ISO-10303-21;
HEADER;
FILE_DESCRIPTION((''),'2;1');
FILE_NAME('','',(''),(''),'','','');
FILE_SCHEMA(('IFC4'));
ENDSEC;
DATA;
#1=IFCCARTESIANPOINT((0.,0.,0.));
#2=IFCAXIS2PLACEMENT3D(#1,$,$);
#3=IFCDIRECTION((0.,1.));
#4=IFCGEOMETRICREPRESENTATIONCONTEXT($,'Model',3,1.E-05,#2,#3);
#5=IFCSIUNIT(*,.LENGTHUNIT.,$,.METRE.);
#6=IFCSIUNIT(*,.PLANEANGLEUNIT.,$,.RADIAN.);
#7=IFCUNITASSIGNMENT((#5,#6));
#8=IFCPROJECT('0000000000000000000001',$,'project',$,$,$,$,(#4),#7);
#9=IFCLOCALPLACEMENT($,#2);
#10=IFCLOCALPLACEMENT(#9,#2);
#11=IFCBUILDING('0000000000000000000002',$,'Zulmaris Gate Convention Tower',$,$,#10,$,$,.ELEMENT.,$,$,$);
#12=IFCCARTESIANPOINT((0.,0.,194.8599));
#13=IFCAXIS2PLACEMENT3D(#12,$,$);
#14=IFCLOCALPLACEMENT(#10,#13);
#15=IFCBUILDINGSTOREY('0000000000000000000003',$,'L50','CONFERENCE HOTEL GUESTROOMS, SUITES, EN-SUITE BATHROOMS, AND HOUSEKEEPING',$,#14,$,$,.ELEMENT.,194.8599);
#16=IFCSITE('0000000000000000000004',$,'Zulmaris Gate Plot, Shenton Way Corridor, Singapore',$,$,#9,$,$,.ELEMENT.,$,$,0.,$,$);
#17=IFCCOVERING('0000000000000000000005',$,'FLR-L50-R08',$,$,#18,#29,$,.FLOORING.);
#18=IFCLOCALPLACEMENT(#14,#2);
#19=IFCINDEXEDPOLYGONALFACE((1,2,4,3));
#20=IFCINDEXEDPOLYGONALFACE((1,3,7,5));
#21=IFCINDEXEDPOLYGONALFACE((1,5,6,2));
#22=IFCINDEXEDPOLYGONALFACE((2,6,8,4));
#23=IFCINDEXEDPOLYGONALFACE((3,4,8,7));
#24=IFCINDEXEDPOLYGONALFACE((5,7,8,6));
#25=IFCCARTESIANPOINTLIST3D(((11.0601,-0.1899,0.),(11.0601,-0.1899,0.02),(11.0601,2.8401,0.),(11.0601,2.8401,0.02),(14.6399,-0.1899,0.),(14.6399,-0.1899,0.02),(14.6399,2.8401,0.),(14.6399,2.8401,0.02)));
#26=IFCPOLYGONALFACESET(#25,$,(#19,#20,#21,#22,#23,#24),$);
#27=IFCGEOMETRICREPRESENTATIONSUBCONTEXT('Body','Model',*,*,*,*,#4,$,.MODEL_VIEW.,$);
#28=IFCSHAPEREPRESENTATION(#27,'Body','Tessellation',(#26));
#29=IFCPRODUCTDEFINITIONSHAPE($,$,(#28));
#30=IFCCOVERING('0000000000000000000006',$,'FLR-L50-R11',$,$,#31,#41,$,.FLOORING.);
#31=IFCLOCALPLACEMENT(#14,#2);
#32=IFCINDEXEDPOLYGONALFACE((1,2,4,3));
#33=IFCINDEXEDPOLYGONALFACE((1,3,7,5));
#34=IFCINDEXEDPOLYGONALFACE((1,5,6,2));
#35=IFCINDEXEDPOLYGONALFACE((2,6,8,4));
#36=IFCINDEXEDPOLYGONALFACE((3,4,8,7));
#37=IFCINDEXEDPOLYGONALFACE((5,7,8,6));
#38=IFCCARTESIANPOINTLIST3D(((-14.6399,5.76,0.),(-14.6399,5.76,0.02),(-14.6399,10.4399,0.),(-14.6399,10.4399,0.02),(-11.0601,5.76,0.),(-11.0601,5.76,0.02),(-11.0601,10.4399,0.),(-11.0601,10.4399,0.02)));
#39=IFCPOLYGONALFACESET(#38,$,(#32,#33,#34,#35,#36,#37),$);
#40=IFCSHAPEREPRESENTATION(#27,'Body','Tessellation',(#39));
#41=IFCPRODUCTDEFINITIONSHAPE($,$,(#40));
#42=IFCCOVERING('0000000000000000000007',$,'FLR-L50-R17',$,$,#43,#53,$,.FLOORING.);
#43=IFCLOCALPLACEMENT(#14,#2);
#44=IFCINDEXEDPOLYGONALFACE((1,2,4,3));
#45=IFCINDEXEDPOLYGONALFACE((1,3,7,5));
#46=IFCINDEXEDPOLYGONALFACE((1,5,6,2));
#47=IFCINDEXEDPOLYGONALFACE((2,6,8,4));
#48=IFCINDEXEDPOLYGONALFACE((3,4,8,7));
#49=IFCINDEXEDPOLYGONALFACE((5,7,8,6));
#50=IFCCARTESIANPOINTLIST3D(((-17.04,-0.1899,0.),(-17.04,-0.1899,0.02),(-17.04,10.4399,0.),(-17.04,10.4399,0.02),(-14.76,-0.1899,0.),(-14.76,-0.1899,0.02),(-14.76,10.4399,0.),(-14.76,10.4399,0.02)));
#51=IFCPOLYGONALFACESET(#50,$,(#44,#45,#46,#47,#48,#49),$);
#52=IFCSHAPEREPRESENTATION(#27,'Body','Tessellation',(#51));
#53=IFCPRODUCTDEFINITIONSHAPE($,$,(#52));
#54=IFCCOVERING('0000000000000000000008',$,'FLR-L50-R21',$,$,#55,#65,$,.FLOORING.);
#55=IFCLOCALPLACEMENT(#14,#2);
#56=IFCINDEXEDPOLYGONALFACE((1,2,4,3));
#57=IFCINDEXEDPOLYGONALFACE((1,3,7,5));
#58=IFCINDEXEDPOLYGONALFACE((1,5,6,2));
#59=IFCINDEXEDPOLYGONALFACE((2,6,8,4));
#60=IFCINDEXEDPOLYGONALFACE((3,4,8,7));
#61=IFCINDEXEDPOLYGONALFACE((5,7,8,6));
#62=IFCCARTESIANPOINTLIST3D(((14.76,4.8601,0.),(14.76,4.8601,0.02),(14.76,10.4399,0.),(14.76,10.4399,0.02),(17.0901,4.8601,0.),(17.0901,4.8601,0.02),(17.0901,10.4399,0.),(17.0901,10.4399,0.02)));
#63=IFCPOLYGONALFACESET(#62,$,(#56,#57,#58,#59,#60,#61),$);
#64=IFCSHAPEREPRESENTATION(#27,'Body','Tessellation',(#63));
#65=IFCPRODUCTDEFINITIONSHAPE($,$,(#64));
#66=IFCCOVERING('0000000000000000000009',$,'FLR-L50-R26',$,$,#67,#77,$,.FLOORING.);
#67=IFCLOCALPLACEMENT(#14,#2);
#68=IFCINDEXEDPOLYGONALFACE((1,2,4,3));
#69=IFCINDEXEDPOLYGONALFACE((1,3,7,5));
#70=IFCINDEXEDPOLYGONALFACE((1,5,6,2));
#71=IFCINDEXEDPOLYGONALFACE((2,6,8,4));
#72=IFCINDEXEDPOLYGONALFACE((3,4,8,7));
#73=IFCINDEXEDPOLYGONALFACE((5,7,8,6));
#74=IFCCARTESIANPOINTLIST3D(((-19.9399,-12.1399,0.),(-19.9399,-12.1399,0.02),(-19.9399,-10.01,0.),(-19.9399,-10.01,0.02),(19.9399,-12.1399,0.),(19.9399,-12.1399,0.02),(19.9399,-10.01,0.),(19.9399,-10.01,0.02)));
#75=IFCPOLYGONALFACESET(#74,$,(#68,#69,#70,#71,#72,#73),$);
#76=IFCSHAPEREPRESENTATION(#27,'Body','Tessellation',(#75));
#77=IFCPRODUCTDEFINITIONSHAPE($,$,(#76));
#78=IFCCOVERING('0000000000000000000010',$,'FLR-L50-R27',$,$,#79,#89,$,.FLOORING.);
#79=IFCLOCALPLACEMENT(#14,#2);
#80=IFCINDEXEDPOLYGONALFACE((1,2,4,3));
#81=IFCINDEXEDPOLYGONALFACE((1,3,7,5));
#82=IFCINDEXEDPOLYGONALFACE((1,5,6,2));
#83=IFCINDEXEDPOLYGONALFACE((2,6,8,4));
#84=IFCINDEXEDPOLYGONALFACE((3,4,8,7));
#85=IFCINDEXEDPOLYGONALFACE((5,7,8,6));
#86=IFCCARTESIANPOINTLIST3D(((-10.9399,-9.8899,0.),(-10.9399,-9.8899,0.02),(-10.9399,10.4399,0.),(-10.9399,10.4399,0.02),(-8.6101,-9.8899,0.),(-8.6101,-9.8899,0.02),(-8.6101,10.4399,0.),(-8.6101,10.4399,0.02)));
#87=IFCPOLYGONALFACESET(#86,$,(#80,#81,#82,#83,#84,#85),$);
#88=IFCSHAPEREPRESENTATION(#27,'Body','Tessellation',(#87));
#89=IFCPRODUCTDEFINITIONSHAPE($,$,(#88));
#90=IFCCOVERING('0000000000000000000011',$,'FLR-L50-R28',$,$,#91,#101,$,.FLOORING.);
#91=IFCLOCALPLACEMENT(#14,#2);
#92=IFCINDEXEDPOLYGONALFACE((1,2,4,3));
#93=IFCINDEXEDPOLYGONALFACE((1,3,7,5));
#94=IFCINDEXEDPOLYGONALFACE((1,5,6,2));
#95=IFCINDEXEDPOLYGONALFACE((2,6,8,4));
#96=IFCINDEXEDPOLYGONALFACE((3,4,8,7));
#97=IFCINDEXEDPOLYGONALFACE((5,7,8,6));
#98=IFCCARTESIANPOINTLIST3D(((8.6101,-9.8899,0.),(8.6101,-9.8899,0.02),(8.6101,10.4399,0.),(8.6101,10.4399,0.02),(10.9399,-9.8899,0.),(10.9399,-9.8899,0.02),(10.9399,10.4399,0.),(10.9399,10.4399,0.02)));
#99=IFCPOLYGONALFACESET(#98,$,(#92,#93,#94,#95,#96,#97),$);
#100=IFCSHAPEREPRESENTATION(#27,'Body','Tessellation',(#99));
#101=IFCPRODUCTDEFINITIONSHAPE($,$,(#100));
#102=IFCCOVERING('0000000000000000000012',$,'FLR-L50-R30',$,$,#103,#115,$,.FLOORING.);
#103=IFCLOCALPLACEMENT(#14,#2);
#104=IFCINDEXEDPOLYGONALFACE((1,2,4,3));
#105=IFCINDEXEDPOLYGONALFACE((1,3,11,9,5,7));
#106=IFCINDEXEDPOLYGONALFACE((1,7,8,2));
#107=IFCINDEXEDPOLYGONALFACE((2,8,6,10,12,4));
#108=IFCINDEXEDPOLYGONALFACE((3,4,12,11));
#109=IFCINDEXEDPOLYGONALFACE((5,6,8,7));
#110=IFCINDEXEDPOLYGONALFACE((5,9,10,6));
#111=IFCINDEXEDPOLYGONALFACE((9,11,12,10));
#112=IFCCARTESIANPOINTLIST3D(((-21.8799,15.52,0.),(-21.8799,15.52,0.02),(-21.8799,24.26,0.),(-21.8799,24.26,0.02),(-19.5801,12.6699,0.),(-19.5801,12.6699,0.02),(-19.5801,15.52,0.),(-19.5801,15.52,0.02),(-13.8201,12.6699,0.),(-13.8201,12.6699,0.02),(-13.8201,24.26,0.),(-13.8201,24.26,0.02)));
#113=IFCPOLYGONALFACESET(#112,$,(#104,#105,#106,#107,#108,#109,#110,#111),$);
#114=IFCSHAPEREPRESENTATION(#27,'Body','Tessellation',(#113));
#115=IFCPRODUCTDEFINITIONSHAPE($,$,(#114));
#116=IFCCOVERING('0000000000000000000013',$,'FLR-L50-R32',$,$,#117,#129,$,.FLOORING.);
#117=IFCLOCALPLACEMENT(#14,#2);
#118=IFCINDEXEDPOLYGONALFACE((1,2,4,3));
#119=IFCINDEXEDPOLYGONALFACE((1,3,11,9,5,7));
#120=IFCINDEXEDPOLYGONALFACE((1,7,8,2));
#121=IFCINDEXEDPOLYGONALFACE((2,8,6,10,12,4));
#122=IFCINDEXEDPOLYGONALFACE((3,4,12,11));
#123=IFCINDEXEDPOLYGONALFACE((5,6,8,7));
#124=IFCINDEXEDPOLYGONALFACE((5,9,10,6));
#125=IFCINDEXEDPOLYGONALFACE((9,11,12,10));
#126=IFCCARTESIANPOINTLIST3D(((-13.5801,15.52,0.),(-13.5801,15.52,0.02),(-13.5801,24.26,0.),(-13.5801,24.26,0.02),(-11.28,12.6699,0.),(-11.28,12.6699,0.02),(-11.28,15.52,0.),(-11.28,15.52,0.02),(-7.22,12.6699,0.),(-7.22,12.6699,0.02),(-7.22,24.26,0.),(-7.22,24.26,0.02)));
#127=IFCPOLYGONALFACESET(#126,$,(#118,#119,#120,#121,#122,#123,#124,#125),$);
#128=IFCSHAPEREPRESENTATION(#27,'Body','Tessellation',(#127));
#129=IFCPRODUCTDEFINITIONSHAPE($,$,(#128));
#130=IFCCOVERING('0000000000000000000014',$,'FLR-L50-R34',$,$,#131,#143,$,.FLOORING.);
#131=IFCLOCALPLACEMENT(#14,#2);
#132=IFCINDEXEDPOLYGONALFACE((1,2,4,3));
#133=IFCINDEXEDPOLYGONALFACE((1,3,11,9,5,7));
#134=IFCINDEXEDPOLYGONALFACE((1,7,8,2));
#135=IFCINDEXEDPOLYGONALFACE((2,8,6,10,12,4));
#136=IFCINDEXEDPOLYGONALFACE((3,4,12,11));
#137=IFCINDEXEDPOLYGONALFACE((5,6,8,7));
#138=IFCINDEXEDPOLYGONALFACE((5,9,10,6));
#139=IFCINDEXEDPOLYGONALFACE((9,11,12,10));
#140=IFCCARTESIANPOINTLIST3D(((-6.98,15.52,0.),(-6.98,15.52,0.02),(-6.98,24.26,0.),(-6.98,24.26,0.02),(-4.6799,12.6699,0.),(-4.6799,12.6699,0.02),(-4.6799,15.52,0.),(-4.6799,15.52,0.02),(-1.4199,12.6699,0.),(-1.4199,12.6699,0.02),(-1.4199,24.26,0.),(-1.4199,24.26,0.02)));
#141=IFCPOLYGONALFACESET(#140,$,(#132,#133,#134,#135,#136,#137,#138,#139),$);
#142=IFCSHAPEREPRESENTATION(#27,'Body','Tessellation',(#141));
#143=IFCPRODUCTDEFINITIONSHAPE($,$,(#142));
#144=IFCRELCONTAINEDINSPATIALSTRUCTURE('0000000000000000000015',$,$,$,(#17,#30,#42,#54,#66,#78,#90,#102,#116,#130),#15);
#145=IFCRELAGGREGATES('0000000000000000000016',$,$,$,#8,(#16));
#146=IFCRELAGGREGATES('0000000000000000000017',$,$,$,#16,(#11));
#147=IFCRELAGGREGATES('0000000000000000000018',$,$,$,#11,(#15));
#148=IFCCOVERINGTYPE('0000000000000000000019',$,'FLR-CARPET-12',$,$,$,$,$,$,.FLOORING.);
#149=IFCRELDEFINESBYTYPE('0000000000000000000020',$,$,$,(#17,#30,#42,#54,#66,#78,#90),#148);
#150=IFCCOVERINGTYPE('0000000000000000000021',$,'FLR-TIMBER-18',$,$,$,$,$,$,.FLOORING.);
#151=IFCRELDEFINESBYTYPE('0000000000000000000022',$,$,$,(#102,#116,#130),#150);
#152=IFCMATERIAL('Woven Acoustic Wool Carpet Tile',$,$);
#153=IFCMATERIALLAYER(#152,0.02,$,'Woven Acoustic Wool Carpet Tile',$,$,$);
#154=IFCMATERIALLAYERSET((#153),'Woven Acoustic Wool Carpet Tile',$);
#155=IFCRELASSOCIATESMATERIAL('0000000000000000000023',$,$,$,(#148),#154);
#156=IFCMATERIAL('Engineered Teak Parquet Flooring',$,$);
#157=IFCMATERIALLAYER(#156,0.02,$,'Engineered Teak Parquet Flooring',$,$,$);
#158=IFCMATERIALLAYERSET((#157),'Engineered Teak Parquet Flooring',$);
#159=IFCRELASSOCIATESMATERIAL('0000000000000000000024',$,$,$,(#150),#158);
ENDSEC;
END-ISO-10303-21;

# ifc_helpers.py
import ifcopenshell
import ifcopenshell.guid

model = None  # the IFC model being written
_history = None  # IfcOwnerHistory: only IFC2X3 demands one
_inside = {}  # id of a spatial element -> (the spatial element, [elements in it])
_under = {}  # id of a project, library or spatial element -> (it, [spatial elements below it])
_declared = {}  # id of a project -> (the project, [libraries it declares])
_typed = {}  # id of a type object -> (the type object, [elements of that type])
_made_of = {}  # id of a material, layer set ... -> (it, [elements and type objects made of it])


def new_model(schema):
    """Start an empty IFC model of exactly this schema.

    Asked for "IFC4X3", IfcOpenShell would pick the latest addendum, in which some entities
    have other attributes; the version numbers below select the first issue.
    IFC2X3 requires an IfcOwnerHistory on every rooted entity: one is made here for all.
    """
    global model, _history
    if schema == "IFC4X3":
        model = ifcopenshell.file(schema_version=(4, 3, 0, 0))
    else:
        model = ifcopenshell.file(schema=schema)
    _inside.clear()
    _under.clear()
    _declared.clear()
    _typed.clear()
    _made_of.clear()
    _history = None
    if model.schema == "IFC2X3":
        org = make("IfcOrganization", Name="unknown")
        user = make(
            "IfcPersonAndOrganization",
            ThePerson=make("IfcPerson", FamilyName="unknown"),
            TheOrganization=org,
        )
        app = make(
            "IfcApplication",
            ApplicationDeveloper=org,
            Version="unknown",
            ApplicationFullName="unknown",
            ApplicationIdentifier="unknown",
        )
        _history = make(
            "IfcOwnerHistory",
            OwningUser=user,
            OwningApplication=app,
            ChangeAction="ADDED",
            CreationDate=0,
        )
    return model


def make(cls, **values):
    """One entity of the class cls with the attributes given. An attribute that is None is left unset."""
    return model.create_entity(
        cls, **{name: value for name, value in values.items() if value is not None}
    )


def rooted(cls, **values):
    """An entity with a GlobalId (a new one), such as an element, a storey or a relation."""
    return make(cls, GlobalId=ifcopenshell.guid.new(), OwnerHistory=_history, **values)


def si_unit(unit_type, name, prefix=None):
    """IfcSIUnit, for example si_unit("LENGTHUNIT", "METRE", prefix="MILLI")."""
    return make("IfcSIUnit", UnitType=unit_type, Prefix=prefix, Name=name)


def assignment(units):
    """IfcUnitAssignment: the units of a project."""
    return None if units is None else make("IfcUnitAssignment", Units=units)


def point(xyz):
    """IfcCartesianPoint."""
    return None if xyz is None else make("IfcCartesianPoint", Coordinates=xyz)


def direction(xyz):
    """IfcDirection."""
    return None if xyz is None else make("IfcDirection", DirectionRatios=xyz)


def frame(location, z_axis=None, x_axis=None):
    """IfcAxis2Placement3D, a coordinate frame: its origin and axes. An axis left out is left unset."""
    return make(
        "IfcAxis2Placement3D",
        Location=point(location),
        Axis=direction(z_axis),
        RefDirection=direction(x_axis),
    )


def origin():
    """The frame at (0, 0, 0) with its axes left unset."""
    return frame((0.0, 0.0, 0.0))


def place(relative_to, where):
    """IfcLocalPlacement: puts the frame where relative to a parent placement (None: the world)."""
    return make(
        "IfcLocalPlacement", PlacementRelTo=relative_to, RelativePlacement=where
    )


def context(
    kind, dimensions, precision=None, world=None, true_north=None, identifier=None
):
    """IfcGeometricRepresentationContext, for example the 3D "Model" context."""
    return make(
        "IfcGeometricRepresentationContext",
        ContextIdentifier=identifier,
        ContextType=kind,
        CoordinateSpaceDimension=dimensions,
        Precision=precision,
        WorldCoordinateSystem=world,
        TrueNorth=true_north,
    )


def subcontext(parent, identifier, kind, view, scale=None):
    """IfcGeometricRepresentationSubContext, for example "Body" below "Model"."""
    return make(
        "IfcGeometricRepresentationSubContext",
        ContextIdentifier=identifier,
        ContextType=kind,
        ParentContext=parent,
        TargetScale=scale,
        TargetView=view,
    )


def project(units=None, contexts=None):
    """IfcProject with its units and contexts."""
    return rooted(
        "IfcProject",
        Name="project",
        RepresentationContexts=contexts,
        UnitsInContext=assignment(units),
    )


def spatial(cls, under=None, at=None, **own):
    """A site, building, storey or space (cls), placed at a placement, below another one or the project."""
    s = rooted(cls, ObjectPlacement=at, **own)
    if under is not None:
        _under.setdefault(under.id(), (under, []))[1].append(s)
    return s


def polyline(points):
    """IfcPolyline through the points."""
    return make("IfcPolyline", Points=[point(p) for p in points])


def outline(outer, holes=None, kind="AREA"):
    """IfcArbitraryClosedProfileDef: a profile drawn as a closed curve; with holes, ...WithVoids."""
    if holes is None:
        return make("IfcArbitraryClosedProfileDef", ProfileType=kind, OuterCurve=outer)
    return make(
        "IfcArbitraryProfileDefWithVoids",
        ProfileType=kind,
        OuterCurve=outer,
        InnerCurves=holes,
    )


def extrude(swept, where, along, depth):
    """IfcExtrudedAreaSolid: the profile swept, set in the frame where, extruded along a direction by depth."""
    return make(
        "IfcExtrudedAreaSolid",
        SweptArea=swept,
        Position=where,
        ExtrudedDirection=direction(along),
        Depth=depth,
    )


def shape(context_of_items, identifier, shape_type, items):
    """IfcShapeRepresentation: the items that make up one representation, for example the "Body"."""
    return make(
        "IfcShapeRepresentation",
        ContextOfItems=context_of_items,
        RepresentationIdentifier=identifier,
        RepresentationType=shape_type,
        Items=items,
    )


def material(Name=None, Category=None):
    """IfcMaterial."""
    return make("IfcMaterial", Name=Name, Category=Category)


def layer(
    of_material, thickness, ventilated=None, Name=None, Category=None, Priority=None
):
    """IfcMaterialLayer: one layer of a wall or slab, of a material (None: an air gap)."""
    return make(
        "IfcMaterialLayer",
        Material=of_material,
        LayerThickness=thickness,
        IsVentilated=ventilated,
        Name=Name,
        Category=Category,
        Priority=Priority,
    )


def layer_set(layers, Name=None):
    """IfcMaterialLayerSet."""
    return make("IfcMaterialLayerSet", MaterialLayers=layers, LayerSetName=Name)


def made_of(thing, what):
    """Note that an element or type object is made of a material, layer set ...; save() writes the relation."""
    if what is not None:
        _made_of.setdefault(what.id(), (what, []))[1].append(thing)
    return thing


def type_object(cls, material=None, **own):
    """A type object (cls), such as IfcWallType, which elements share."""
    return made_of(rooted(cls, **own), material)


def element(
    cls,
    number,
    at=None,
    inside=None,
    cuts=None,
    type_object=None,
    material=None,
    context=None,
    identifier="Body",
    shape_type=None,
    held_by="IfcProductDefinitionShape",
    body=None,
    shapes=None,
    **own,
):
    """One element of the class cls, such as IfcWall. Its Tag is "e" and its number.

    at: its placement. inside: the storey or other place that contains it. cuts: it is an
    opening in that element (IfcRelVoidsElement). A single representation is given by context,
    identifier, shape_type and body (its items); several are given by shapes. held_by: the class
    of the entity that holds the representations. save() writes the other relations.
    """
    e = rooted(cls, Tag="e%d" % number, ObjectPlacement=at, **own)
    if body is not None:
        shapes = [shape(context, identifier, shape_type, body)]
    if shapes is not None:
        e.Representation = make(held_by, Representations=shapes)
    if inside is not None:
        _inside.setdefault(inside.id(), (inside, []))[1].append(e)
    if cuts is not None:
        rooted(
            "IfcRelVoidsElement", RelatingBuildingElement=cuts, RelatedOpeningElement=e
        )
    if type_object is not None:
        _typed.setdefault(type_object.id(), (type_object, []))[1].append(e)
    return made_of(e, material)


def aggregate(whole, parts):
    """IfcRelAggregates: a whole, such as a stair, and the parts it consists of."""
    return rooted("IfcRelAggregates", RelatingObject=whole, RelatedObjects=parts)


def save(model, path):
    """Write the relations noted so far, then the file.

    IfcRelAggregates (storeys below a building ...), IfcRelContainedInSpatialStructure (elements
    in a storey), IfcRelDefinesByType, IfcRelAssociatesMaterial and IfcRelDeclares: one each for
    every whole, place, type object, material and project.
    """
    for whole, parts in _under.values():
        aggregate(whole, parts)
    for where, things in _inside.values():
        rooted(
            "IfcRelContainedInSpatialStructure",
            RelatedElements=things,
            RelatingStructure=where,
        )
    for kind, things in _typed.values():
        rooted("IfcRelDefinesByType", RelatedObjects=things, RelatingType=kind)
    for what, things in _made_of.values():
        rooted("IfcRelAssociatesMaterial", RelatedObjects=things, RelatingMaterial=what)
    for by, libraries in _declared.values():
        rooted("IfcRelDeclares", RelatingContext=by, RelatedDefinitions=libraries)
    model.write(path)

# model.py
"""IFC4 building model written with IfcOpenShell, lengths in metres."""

from ifc_helpers import new_model, si_unit, direction, frame, origin, place, context, subcontext, project, spatial, polyline, outline, extrude, material, layer, layer_set, type_object, element, save


model = new_model("IFC4")

# Units and contexts
model_context = context("Model", 3, precision=1e-05, world=origin(), true_north=direction((0.0, 1.0)))
body_context = subcontext(model_context, "Body", "Model", "MODEL_VIEW")
ifc_project = project(units=[si_unit("LENGTHUNIT", "METRE"), si_unit("PLANEANGLEUNIT", "RADIAN")], contexts=[model_context])

# Site, building, storey
site_placement = place(None, origin())
site = spatial("IfcSite", under=ifc_project, at=site_placement, Name="Zulmaris Gate Plot, Shenton Way Corridor, Singapore", CompositionType="ELEMENT", RefElevation=0.0)
building_placement = place(site_placement, origin())
building = spatial("IfcBuilding", under=site, at=building_placement, Name="Zulmaris Gate Convention Tower", CompositionType="ELEMENT")
storey_placement = place(building_placement, frame((0.0, 0.0, 194.8599)))
storey = spatial("IfcBuildingStorey", under=building, at=storey_placement, Name="L50", Description="CONFERENCE HOTEL GUESTROOMS, SUITES, EN-SUITE BATHROOMS, AND HOUSEKEEPING", CompositionType="ELEMENT", Elevation=194.8599)

# Coverings
ifc_material_1 = material(Name="Woven Acoustic Wool Carpet Tile")
ifc_layer_1 = layer(ifc_material_1, 0.02, Name="Woven Acoustic Wool Carpet Tile")
ifc_layer_set_1 = layer_set([ifc_layer_1], Name="Woven Acoustic Wool Carpet Tile")
covering_type_1 = type_object("IfcCoveringType", Name="FLR-CARPET-12", PredefinedType="FLOORING", material=ifc_layer_set_1)
covering_1_placement = place(storey_placement, origin())
element("IfcCovering", 1, at=covering_1_placement, inside=storey, type_object=covering_type_1, Name="FLR-L50-R08", PredefinedType="FLOORING", context=body_context, shape_type="SweptSolid", body=[
    extrude(outline(polyline([(11.0601, -0.1899), (14.6399, -0.1899), (14.6399, 2.8401), (11.0601, 2.8401), (11.0601, -0.1899)])), origin(), (0.0, 0.0, 1.0), 0.02),
])
covering_2_placement = place(storey_placement, origin())
element("IfcCovering", 2, at=covering_2_placement, inside=storey, type_object=covering_type_1, Name="FLR-L50-R11", PredefinedType="FLOORING", context=body_context, shape_type="SweptSolid", body=[
    extrude(outline(polyline([(-14.6399, 5.76), (-11.0601, 5.76), (-11.0601, 10.4399), (-14.6399, 10.4399), (-14.6399, 5.76)])), origin(), (0.0, 0.0, 1.0), 0.02),
])
covering_3_placement = place(storey_placement, origin())
element("IfcCovering", 3, at=covering_3_placement, inside=storey, type_object=covering_type_1, Name="FLR-L50-R17", PredefinedType="FLOORING", context=body_context, shape_type="SweptSolid", body=[
    extrude(outline(polyline([(-17.04, -0.1899), (-14.76, -0.1899), (-14.76, 10.4399), (-17.04, 10.4399), (-17.04, -0.1899)])), origin(), (0.0, 0.0, 1.0), 0.02),
])
covering_4_placement = place(storey_placement, origin())
element("IfcCovering", 4, at=covering_4_placement, inside=storey, type_object=covering_type_1, Name="FLR-L50-R21", PredefinedType="FLOORING", context=body_context, shape_type="SweptSolid", body=[
    extrude(outline(polyline([(14.76, 4.8601), (17.0901, 4.8601), (17.0901, 10.4399), (14.76, 10.4399), (14.76, 4.8601)])), origin(), (0.0, 0.0, 1.0), 0.02),
])
covering_5_placement = place(storey_placement, origin())
element("IfcCovering", 5, at=covering_5_placement, inside=storey, type_object=covering_type_1, Name="FLR-L50-R26", PredefinedType="FLOORING", context=body_context, shape_type="SweptSolid", body=[
    extrude(outline(polyline([(-19.9399, -12.1399), (19.9399, -12.1399), (19.9399, -10.01), (-19.9399, -10.01), (-19.9399, -12.1399)])), origin(), (0.0, 0.0, 1.0), 0.02),
])
covering_6_placement = place(storey_placement, origin())
element("IfcCovering", 6, at=covering_6_placement, inside=storey, type_object=covering_type_1, Name="FLR-L50-R27", PredefinedType="FLOORING", context=body_context, shape_type="SweptSolid", body=[
    extrude(outline(polyline([(-10.9399, -9.8899), (-8.6101, -9.8899), (-8.6101, 10.4399), (-10.9399, 10.4399), (-10.9399, -9.8899)])), origin(), (0.0, 0.0, 1.0), 0.02),
])
covering_7_placement = place(storey_placement, origin())
element("IfcCovering", 7, at=covering_7_placement, inside=storey, type_object=covering_type_1, Name="FLR-L50-R28", PredefinedType="FLOORING", context=body_context, shape_type="SweptSolid", body=[
    extrude(outline(polyline([(8.6101, -9.8899), (10.9399, -9.8899), (10.9399, 10.4399), (8.6101, 10.4399), (8.6101, -9.8899)])), origin(), (0.0, 0.0, 1.0), 0.02),
])
ifc_material_2 = material(Name="Engineered Teak Parquet Flooring")
ifc_layer_2 = layer(ifc_material_2, 0.02, Name="Engineered Teak Parquet Flooring")
ifc_layer_set_2 = layer_set([ifc_layer_2], Name="Engineered Teak Parquet Flooring")
covering_type_2 = type_object("IfcCoveringType", Name="FLR-TIMBER-18", PredefinedType="FLOORING", material=ifc_layer_set_2)
covering_8_placement = place(storey_placement, origin())
element("IfcCovering", 8, at=covering_8_placement, inside=storey, type_object=covering_type_2, Name="FLR-L50-R30", PredefinedType="FLOORING", context=body_context, shape_type="SweptSolid", body=[
    extrude(outline(polyline([(-19.5801, 12.6699), (-13.8201, 12.6699), (-13.8201, 24.26), (-21.8799, 24.26), (-21.8799, 15.52), (-19.5801, 15.52), (-19.5801, 12.6699)])), origin(), (0.0, 0.0, 1.0), 0.02),
])
covering_9_placement = place(storey_placement, origin())
element("IfcCovering", 9, at=covering_9_placement, inside=storey, type_object=covering_type_2, Name="FLR-L50-R32", PredefinedType="FLOORING", context=body_context, shape_type="SweptSolid", body=[
    extrude(outline(polyline([(-11.28, 12.6699), (-7.22, 12.6699), (-7.22, 24.26), (-13.5801, 24.26), (-13.5801, 15.52), (-11.28, 15.52), (-11.28, 12.6699)])), origin(), (0.0, 0.0, 1.0), 0.02),
])
covering_10_placement = place(storey_placement, origin())
element("IfcCovering", 10, at=covering_10_placement, inside=storey, type_object=covering_type_2, Name="FLR-L50-R34", PredefinedType="FLOORING", context=body_context, shape_type="SweptSolid", body=[
    extrude(outline(polyline([(-4.6799, 12.6699), (-1.4199, 12.6699), (-1.4199, 24.26), (-6.98, 24.26), (-6.98, 15.52), (-4.6799, 15.52), (-4.6799, 12.6699)])), origin(), (0.0, 0.0, 1.0), 0.02),
])

save(model, "model.ifc")
